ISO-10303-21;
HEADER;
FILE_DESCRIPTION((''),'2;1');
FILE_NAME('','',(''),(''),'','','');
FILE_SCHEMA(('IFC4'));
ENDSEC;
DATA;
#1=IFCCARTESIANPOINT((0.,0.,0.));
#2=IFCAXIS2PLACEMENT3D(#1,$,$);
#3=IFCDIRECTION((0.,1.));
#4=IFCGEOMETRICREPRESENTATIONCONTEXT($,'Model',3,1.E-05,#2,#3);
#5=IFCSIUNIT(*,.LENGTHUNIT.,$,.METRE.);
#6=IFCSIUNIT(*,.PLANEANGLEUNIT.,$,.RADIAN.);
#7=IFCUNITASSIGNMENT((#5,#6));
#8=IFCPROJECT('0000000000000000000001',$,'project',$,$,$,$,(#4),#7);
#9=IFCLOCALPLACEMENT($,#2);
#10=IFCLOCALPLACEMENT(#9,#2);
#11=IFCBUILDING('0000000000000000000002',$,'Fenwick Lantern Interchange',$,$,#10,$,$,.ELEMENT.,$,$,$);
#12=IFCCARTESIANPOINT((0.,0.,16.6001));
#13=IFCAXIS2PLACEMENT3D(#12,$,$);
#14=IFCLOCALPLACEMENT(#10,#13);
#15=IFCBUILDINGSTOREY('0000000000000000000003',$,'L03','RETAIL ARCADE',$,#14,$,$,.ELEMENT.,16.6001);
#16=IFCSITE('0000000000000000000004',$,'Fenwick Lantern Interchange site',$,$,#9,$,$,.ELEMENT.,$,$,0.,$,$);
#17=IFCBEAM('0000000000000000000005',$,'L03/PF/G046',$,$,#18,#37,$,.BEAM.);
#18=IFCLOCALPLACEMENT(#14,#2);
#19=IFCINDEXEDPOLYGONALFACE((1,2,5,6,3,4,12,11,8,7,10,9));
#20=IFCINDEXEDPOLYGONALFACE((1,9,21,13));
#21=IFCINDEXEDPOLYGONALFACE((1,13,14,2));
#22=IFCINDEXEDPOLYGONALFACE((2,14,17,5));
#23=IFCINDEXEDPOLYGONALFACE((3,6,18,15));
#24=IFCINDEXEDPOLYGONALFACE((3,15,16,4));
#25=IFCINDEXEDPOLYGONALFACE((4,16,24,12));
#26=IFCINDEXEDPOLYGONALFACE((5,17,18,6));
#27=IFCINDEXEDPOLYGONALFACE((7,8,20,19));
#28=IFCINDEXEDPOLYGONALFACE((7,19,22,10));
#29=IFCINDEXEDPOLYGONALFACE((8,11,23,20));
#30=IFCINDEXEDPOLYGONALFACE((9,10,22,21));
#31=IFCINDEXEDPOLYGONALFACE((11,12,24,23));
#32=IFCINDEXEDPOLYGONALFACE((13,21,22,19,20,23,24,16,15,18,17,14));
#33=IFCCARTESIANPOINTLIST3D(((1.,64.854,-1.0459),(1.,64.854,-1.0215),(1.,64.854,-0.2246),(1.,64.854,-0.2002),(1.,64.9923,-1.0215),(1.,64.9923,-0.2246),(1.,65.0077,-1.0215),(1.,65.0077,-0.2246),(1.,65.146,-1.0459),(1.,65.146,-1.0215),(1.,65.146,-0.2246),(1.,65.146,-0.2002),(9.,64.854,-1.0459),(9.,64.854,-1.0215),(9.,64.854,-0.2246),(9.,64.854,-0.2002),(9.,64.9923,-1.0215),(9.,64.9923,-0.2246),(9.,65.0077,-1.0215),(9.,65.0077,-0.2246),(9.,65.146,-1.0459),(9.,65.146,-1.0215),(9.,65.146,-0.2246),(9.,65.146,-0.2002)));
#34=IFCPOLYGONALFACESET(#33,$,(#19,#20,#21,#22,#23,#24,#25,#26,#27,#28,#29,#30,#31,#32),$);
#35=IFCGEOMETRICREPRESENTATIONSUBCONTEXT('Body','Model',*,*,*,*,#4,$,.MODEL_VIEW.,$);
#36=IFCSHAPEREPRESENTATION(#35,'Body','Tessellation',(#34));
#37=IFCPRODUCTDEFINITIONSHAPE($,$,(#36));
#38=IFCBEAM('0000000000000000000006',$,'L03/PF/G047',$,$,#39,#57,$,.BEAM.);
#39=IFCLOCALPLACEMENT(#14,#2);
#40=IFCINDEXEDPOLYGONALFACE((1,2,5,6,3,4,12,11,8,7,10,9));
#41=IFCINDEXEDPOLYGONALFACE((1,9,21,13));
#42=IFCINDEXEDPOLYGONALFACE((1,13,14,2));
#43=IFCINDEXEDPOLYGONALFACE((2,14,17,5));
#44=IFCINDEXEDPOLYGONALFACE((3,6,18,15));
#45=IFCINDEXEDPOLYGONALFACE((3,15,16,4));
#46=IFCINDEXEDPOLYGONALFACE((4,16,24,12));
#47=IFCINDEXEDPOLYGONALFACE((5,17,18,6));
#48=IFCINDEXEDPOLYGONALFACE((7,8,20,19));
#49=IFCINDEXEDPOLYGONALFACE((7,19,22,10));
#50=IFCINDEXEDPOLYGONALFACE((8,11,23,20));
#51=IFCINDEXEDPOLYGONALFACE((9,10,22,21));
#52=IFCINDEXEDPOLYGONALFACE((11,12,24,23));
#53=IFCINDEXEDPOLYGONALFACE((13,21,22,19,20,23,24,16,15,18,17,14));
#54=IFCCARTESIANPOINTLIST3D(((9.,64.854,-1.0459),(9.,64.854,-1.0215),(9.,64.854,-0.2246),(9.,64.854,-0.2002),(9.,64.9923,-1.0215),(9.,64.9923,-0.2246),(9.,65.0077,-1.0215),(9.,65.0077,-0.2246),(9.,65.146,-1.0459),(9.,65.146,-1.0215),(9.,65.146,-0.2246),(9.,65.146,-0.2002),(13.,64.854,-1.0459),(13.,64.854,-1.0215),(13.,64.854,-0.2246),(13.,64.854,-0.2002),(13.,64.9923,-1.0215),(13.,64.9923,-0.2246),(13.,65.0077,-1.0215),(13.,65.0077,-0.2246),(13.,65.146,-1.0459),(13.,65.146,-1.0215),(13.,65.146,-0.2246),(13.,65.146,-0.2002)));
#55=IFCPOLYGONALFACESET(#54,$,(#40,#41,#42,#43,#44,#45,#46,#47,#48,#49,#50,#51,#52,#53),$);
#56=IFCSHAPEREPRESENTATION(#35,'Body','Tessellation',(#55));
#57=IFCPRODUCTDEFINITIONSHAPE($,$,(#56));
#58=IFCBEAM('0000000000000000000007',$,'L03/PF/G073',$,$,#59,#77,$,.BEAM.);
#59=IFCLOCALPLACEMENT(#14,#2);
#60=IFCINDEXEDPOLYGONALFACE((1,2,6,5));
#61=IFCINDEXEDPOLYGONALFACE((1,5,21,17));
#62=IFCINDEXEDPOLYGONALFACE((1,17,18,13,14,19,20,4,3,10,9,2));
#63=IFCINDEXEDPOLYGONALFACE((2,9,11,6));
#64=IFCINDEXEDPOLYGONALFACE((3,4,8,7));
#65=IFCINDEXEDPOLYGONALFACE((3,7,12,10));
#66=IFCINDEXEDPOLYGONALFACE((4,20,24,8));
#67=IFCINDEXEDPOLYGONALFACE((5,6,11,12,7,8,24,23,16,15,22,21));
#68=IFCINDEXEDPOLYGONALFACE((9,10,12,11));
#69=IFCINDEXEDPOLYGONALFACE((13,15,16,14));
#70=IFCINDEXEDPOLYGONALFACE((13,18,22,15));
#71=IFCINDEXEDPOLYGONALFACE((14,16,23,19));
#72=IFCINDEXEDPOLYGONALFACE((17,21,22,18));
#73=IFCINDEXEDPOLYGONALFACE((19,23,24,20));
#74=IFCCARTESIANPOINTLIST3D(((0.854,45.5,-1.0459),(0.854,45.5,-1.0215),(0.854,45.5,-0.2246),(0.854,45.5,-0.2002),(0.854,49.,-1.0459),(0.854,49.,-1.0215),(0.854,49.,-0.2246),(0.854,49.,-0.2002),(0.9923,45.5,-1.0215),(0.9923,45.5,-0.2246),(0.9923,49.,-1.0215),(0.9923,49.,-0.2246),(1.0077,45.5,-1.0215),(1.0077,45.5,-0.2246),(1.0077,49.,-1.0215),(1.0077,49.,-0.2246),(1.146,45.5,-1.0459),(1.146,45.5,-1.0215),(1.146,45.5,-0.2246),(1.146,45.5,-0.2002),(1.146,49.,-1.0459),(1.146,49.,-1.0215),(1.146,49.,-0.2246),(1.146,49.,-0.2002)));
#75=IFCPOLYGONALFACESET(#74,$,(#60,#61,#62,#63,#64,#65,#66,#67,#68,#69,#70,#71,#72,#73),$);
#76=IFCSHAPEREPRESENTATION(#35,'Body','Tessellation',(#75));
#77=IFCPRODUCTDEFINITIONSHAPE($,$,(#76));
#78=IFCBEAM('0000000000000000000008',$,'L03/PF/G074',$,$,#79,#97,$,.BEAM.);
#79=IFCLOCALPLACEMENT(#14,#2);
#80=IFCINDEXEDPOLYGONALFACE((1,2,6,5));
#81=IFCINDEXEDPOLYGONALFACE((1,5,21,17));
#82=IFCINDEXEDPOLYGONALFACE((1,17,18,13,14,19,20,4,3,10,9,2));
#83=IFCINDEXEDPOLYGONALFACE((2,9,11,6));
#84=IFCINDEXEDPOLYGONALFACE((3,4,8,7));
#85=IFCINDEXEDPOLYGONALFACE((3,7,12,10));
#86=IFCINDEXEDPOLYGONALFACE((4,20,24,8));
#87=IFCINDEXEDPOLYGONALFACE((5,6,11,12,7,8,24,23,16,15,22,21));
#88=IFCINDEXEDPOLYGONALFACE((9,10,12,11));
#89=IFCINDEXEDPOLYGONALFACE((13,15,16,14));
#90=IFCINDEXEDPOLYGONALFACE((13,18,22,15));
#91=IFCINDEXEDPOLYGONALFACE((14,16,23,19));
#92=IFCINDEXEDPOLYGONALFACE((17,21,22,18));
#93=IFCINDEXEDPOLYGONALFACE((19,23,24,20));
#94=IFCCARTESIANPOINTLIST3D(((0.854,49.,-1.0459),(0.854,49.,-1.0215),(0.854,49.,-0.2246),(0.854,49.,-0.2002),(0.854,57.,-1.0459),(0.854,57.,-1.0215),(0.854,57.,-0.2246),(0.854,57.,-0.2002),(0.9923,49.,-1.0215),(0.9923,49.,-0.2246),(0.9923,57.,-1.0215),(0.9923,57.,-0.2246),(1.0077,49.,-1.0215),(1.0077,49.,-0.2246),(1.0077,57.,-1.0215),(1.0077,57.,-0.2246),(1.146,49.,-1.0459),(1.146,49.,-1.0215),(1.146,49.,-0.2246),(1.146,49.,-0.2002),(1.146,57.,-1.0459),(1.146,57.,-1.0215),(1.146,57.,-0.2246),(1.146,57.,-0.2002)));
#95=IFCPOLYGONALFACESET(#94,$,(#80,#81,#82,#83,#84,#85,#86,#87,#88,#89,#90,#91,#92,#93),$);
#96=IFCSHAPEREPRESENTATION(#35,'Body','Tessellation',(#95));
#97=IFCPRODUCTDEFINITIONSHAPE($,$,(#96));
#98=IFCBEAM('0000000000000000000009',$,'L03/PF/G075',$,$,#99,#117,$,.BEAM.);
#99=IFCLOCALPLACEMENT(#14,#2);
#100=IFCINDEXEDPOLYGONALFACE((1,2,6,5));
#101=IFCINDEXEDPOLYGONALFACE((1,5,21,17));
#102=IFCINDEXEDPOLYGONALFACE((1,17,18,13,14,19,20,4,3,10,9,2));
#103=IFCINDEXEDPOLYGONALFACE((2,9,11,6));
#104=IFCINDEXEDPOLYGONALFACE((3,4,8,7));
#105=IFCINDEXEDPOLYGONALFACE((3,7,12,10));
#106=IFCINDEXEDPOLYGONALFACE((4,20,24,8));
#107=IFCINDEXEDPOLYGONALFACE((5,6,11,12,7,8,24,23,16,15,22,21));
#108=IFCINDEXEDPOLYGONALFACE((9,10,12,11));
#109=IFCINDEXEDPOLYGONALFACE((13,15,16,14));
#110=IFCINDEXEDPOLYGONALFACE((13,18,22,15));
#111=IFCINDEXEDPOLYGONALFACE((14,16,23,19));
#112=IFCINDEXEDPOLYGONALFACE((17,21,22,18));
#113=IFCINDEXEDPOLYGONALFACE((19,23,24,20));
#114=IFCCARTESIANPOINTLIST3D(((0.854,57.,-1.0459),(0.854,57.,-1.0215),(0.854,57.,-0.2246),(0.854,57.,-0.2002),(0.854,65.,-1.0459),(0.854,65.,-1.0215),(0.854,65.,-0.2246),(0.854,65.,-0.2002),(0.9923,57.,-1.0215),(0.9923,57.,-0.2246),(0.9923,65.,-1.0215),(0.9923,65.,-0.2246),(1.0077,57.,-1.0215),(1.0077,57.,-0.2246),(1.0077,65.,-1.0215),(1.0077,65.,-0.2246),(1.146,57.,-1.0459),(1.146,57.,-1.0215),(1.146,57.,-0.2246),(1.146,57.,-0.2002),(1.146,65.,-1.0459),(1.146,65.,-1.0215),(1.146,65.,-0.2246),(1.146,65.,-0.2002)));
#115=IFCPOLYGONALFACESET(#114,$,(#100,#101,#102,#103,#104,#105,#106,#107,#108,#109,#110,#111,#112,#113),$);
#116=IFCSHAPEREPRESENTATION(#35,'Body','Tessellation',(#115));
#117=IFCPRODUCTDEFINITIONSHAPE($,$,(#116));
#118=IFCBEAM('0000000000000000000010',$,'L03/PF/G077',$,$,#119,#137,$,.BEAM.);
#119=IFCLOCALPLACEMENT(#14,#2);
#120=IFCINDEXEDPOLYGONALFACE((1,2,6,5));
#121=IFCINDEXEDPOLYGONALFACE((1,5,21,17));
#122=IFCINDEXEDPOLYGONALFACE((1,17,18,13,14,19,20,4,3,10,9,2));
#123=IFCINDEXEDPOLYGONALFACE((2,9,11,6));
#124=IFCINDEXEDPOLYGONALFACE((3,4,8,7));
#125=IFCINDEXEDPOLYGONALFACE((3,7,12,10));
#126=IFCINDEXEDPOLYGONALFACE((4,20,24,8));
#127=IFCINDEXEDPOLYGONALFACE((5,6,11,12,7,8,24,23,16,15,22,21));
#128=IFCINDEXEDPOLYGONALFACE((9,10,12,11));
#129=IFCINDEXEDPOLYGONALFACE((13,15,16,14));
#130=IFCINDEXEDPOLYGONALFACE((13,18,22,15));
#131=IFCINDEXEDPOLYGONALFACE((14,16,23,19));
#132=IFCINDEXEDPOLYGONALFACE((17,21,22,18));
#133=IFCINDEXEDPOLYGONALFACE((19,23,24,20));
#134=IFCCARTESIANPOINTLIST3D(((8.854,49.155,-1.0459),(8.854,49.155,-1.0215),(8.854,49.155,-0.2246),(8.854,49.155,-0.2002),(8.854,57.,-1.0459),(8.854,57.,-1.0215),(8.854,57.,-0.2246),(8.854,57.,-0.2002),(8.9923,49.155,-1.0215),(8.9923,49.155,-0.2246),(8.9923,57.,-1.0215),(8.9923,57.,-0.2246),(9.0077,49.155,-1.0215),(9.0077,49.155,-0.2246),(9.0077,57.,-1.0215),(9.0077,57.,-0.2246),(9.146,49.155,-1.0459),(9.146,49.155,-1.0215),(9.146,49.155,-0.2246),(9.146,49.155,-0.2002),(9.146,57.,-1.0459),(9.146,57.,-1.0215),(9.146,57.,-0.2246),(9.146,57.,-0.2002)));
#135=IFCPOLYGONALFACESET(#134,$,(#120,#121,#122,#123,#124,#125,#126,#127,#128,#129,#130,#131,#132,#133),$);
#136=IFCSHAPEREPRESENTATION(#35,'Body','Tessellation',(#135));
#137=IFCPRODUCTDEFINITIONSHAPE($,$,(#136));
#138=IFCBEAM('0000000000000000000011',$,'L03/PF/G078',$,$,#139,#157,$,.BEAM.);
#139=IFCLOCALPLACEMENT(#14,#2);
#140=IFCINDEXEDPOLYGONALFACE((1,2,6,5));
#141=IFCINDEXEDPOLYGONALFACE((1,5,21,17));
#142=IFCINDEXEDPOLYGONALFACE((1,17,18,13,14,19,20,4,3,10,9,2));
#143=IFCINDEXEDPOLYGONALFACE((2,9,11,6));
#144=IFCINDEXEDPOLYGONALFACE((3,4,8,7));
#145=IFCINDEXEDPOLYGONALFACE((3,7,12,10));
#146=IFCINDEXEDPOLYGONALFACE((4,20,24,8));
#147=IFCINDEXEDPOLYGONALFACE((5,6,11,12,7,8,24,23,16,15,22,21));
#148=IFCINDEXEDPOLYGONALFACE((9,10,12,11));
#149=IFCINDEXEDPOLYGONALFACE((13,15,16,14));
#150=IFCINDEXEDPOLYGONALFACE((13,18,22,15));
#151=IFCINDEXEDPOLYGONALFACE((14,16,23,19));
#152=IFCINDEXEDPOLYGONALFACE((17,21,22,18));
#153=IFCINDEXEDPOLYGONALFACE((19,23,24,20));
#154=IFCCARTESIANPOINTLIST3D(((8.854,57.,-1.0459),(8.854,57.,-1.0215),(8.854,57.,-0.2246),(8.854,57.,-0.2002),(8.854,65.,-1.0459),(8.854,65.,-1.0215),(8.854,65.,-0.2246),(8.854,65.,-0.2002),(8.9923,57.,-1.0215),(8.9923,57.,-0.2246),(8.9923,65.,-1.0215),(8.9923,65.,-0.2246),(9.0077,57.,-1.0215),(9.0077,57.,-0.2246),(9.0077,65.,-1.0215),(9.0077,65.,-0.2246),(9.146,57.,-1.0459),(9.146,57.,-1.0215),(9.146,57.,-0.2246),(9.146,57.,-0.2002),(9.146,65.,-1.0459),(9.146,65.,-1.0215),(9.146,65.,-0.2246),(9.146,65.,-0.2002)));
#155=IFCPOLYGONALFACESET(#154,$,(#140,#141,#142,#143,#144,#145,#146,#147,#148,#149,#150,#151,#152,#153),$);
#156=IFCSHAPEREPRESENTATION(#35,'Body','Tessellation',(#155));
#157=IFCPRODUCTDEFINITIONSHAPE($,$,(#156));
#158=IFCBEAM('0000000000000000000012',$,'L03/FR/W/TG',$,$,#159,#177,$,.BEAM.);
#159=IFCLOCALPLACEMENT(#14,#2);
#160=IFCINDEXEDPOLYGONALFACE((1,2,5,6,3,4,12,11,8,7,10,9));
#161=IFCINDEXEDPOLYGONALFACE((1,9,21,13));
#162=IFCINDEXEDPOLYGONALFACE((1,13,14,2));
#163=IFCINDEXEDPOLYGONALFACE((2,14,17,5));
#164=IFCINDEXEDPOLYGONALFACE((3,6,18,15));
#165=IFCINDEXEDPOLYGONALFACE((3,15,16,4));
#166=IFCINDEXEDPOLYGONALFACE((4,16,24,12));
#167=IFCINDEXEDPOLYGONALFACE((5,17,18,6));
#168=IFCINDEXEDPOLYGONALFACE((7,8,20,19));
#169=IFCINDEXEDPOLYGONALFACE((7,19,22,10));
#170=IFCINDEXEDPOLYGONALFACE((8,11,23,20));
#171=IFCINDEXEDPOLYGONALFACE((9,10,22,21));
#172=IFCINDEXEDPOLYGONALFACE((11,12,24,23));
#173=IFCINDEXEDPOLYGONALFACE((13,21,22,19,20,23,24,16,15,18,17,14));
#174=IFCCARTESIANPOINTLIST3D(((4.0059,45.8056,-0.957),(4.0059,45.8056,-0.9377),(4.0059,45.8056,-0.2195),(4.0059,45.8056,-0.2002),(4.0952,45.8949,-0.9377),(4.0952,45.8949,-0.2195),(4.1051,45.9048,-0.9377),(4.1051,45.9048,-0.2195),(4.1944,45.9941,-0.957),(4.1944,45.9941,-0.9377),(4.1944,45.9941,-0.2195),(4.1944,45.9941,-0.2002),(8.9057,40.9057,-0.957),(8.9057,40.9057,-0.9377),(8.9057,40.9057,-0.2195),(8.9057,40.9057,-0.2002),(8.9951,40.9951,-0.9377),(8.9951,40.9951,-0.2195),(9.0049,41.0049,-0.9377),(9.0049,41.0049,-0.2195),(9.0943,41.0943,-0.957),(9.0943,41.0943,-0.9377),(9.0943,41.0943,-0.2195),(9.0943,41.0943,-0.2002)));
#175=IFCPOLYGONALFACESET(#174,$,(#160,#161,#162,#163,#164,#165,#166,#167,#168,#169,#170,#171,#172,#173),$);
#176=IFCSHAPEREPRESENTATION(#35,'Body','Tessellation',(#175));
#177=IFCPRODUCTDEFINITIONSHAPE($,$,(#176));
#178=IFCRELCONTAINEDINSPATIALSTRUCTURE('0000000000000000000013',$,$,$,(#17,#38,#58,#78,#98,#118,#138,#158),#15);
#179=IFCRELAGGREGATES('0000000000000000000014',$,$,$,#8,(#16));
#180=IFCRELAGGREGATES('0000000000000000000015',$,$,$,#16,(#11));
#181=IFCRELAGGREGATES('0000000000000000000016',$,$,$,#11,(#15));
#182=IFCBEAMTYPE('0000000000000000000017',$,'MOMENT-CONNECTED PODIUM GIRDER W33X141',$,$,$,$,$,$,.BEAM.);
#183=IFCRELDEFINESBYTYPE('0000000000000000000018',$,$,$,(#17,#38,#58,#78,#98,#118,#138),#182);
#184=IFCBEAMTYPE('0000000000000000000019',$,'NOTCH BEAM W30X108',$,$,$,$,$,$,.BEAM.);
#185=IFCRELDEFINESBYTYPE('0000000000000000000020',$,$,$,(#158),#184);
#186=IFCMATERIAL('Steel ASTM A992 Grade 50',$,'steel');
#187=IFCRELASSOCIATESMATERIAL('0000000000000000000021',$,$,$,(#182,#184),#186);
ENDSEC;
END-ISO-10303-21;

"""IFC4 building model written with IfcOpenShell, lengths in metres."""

from ifc_helpers import new_model, si_unit, direction, frame, origin, origin_2d, place, context, subcontext, project, spatial, i_section, extrude, material, material_profile, profile_set, type_object, element, save


model = new_model("IFC4")

# Units and contexts
model_context = context("Model", 3, precision=1e-05, world=origin(), true_north=direction((0.0, 1.0)))
body_context = subcontext(model_context, "Body", "Model", "MODEL_VIEW")
ifc_project = project(units=[si_unit("LENGTHUNIT", "METRE"), si_unit("PLANEANGLEUNIT", "RADIAN")], contexts=[model_context])

# Site, building, storey
site_placement = place(None, origin())
site = spatial("IfcSite", under=ifc_project, at=site_placement, Name="Fenwick Lantern Interchange site", CompositionType="ELEMENT", RefElevation=0.0)
building_placement = place(site_placement, origin())
building = spatial("IfcBuilding", under=site, at=building_placement, Name="Fenwick Lantern Interchange", CompositionType="ELEMENT")
storey_placement = place(building_placement, frame((0.0, 0.0, 16.6001)))
storey = spatial("IfcBuildingStorey", under=building, at=storey_placement, Name="L03", Description="RETAIL ARCADE", CompositionType="ELEMENT", Elevation=16.6001)

# Shared definitions
ifc_material_1 = material(Name="Steel ASTM A992 Grade 50", Category="steel")

# Beams
ifc_material_profile_1 = material_profile(ifc_material_1, i_section(OverallWidth=0.292, OverallDepth=0.8457, WebThickness=0.0154, FlangeThickness=0.0244, at=origin_2d()), Name="W33X141")
ifc_profile_set_1 = profile_set([ifc_material_profile_1], Name="Steel ASTM A992 Grade 50")
beam_type_1 = type_object("IfcBeamType", Name="MOMENT-CONNECTED PODIUM GIRDER W33X141", PredefinedType="BEAM", material=ifc_profile_set_1)
beam_1_placement = place(storey_placement, frame((1.0, 65.0, -0.623), z_axis=(1.0, 0.0, 0.0), x_axis=(0.0, 1.0, 0.0)))
element("IfcBeam", 1, at=beam_1_placement, inside=storey, type_object=beam_type_1, Name="L03/PF/G046", PredefinedType="BEAM", context=body_context, shape_type="SweptSolid", body=[
    extrude(i_section(OverallWidth=0.292, OverallDepth=0.8457, WebThickness=0.0154, FlangeThickness=0.0244, at=origin_2d()), origin(), (0.0, 0.0, 1.0), 8.0),
])
beam_2_placement = place(storey_placement, frame((9.0, 65.0, -0.623), z_axis=(1.0, 0.0, 0.0), x_axis=(0.0, 1.0, 0.0)))
element("IfcBeam", 2, at=beam_2_placement, inside=storey, type_object=beam_type_1, Name="L03/PF/G047", PredefinedType="BEAM", context=body_context, shape_type="SweptSolid", body=[
    extrude(i_section(OverallWidth=0.292, OverallDepth=0.8457, WebThickness=0.0154, FlangeThickness=0.0244, at=origin_2d()), origin(), (0.0, 0.0, 1.0), 4.0),
])
beam_3_placement = place(storey_placement, frame((1.0, 45.5, -0.623), z_axis=(0.0, 1.0, 0.0), x_axis=(-1.0, 0.0, 0.0)))
element("IfcBeam", 3, at=beam_3_placement, inside=storey, type_object=beam_type_1, Name="L03/PF/G073", PredefinedType="BEAM", context=body_context, shape_type="SweptSolid", body=[
    extrude(i_section(OverallWidth=0.292, OverallDepth=0.8457, WebThickness=0.0154, FlangeThickness=0.0244, at=origin_2d()), origin(), (0.0, 0.0, 1.0), 3.5),
])
for number, where, z_axis, x_axis, name in (
    (4, (1.0, 49.0, -0.623), (0.0, 1.0, 0.0), (-1.0, 0.0, 0.0), "L03/PF/G074"),
    (5, (1.0, 57.0, -0.623), (0.0, 1.0, 0.0), (-1.0, 0.0, 0.0), "L03/PF/G075"),
):
    element("IfcBeam", number, at=place(storey_placement, frame(where, z_axis=z_axis, x_axis=x_axis)), inside=storey, type_object=beam_type_1, Name=name, PredefinedType="BEAM", context=body_context, shape_type="SweptSolid", body=[
        extrude(i_section(OverallWidth=0.292, OverallDepth=0.8457, WebThickness=0.0154, FlangeThickness=0.0244, at=origin_2d()), origin(), (0.0, 0.0, 1.0), 8.0),
    ])
beam_4_placement = place(storey_placement, frame((9.0, 49.155, -0.623), z_axis=(0.0, 1.0, 0.0), x_axis=(-1.0, 0.0, 0.0)))
element("IfcBeam", 6, at=beam_4_placement, inside=storey, type_object=beam_type_1, Name="L03/PF/G077", PredefinedType="BEAM", context=body_context, shape_type="SweptSolid", body=[
    extrude(i_section(OverallWidth=0.292, OverallDepth=0.8457, WebThickness=0.0154, FlangeThickness=0.0244, at=origin_2d()), origin(), (0.0, 0.0, 1.0), 7.845),
])
beam_5_placement = place(storey_placement, frame((9.0, 57.0, -0.623), z_axis=(0.0, 1.0, 0.0), x_axis=(-1.0, 0.0, 0.0)))
element("IfcBeam", 7, at=beam_5_placement, inside=storey, type_object=beam_type_1, Name="L03/PF/G078", PredefinedType="BEAM", context=body_context, shape_type="SweptSolid", body=[
    extrude(i_section(OverallWidth=0.292, OverallDepth=0.8457, WebThickness=0.0154, FlangeThickness=0.0244, at=origin_2d()), origin(), (0.0, 0.0, 1.0), 8.0),
])
ifc_material_profile_2 = material_profile(ifc_material_1, i_section(OverallWidth=0.2666, OverallDepth=0.7568, WebThickness=0.0139, FlangeThickness=0.0193, at=origin_2d()), Name="W30X108")
ifc_profile_set_2 = profile_set([ifc_material_profile_2], Name="Steel ASTM A992 Grade 50")
beam_type_2 = type_object("IfcBeamType", Name="NOTCH BEAM W30X108", PredefinedType="BEAM", material=ifc_profile_set_2)
beam_6_placement = place(storey_placement, frame((9.0, 41.0, -0.5786), z_axis=(-0.707107, 0.707107, 0.0), x_axis=(-0.707107, -0.707107, 0.0)))
element("IfcBeam", 8, at=beam_6_placement, inside=storey, type_object=beam_type_2, Name="L03/FR/W/TG", PredefinedType="BEAM", context=body_context, shape_type="SweptSolid", body=[
    extrude(i_section(OverallWidth=0.2666, OverallDepth=0.7568, WebThickness=0.0139, FlangeThickness=0.0193, at=origin_2d()), origin(), (0.0, 0.0, 1.0), 6.9294),
])

save(model, "model.ifc")
